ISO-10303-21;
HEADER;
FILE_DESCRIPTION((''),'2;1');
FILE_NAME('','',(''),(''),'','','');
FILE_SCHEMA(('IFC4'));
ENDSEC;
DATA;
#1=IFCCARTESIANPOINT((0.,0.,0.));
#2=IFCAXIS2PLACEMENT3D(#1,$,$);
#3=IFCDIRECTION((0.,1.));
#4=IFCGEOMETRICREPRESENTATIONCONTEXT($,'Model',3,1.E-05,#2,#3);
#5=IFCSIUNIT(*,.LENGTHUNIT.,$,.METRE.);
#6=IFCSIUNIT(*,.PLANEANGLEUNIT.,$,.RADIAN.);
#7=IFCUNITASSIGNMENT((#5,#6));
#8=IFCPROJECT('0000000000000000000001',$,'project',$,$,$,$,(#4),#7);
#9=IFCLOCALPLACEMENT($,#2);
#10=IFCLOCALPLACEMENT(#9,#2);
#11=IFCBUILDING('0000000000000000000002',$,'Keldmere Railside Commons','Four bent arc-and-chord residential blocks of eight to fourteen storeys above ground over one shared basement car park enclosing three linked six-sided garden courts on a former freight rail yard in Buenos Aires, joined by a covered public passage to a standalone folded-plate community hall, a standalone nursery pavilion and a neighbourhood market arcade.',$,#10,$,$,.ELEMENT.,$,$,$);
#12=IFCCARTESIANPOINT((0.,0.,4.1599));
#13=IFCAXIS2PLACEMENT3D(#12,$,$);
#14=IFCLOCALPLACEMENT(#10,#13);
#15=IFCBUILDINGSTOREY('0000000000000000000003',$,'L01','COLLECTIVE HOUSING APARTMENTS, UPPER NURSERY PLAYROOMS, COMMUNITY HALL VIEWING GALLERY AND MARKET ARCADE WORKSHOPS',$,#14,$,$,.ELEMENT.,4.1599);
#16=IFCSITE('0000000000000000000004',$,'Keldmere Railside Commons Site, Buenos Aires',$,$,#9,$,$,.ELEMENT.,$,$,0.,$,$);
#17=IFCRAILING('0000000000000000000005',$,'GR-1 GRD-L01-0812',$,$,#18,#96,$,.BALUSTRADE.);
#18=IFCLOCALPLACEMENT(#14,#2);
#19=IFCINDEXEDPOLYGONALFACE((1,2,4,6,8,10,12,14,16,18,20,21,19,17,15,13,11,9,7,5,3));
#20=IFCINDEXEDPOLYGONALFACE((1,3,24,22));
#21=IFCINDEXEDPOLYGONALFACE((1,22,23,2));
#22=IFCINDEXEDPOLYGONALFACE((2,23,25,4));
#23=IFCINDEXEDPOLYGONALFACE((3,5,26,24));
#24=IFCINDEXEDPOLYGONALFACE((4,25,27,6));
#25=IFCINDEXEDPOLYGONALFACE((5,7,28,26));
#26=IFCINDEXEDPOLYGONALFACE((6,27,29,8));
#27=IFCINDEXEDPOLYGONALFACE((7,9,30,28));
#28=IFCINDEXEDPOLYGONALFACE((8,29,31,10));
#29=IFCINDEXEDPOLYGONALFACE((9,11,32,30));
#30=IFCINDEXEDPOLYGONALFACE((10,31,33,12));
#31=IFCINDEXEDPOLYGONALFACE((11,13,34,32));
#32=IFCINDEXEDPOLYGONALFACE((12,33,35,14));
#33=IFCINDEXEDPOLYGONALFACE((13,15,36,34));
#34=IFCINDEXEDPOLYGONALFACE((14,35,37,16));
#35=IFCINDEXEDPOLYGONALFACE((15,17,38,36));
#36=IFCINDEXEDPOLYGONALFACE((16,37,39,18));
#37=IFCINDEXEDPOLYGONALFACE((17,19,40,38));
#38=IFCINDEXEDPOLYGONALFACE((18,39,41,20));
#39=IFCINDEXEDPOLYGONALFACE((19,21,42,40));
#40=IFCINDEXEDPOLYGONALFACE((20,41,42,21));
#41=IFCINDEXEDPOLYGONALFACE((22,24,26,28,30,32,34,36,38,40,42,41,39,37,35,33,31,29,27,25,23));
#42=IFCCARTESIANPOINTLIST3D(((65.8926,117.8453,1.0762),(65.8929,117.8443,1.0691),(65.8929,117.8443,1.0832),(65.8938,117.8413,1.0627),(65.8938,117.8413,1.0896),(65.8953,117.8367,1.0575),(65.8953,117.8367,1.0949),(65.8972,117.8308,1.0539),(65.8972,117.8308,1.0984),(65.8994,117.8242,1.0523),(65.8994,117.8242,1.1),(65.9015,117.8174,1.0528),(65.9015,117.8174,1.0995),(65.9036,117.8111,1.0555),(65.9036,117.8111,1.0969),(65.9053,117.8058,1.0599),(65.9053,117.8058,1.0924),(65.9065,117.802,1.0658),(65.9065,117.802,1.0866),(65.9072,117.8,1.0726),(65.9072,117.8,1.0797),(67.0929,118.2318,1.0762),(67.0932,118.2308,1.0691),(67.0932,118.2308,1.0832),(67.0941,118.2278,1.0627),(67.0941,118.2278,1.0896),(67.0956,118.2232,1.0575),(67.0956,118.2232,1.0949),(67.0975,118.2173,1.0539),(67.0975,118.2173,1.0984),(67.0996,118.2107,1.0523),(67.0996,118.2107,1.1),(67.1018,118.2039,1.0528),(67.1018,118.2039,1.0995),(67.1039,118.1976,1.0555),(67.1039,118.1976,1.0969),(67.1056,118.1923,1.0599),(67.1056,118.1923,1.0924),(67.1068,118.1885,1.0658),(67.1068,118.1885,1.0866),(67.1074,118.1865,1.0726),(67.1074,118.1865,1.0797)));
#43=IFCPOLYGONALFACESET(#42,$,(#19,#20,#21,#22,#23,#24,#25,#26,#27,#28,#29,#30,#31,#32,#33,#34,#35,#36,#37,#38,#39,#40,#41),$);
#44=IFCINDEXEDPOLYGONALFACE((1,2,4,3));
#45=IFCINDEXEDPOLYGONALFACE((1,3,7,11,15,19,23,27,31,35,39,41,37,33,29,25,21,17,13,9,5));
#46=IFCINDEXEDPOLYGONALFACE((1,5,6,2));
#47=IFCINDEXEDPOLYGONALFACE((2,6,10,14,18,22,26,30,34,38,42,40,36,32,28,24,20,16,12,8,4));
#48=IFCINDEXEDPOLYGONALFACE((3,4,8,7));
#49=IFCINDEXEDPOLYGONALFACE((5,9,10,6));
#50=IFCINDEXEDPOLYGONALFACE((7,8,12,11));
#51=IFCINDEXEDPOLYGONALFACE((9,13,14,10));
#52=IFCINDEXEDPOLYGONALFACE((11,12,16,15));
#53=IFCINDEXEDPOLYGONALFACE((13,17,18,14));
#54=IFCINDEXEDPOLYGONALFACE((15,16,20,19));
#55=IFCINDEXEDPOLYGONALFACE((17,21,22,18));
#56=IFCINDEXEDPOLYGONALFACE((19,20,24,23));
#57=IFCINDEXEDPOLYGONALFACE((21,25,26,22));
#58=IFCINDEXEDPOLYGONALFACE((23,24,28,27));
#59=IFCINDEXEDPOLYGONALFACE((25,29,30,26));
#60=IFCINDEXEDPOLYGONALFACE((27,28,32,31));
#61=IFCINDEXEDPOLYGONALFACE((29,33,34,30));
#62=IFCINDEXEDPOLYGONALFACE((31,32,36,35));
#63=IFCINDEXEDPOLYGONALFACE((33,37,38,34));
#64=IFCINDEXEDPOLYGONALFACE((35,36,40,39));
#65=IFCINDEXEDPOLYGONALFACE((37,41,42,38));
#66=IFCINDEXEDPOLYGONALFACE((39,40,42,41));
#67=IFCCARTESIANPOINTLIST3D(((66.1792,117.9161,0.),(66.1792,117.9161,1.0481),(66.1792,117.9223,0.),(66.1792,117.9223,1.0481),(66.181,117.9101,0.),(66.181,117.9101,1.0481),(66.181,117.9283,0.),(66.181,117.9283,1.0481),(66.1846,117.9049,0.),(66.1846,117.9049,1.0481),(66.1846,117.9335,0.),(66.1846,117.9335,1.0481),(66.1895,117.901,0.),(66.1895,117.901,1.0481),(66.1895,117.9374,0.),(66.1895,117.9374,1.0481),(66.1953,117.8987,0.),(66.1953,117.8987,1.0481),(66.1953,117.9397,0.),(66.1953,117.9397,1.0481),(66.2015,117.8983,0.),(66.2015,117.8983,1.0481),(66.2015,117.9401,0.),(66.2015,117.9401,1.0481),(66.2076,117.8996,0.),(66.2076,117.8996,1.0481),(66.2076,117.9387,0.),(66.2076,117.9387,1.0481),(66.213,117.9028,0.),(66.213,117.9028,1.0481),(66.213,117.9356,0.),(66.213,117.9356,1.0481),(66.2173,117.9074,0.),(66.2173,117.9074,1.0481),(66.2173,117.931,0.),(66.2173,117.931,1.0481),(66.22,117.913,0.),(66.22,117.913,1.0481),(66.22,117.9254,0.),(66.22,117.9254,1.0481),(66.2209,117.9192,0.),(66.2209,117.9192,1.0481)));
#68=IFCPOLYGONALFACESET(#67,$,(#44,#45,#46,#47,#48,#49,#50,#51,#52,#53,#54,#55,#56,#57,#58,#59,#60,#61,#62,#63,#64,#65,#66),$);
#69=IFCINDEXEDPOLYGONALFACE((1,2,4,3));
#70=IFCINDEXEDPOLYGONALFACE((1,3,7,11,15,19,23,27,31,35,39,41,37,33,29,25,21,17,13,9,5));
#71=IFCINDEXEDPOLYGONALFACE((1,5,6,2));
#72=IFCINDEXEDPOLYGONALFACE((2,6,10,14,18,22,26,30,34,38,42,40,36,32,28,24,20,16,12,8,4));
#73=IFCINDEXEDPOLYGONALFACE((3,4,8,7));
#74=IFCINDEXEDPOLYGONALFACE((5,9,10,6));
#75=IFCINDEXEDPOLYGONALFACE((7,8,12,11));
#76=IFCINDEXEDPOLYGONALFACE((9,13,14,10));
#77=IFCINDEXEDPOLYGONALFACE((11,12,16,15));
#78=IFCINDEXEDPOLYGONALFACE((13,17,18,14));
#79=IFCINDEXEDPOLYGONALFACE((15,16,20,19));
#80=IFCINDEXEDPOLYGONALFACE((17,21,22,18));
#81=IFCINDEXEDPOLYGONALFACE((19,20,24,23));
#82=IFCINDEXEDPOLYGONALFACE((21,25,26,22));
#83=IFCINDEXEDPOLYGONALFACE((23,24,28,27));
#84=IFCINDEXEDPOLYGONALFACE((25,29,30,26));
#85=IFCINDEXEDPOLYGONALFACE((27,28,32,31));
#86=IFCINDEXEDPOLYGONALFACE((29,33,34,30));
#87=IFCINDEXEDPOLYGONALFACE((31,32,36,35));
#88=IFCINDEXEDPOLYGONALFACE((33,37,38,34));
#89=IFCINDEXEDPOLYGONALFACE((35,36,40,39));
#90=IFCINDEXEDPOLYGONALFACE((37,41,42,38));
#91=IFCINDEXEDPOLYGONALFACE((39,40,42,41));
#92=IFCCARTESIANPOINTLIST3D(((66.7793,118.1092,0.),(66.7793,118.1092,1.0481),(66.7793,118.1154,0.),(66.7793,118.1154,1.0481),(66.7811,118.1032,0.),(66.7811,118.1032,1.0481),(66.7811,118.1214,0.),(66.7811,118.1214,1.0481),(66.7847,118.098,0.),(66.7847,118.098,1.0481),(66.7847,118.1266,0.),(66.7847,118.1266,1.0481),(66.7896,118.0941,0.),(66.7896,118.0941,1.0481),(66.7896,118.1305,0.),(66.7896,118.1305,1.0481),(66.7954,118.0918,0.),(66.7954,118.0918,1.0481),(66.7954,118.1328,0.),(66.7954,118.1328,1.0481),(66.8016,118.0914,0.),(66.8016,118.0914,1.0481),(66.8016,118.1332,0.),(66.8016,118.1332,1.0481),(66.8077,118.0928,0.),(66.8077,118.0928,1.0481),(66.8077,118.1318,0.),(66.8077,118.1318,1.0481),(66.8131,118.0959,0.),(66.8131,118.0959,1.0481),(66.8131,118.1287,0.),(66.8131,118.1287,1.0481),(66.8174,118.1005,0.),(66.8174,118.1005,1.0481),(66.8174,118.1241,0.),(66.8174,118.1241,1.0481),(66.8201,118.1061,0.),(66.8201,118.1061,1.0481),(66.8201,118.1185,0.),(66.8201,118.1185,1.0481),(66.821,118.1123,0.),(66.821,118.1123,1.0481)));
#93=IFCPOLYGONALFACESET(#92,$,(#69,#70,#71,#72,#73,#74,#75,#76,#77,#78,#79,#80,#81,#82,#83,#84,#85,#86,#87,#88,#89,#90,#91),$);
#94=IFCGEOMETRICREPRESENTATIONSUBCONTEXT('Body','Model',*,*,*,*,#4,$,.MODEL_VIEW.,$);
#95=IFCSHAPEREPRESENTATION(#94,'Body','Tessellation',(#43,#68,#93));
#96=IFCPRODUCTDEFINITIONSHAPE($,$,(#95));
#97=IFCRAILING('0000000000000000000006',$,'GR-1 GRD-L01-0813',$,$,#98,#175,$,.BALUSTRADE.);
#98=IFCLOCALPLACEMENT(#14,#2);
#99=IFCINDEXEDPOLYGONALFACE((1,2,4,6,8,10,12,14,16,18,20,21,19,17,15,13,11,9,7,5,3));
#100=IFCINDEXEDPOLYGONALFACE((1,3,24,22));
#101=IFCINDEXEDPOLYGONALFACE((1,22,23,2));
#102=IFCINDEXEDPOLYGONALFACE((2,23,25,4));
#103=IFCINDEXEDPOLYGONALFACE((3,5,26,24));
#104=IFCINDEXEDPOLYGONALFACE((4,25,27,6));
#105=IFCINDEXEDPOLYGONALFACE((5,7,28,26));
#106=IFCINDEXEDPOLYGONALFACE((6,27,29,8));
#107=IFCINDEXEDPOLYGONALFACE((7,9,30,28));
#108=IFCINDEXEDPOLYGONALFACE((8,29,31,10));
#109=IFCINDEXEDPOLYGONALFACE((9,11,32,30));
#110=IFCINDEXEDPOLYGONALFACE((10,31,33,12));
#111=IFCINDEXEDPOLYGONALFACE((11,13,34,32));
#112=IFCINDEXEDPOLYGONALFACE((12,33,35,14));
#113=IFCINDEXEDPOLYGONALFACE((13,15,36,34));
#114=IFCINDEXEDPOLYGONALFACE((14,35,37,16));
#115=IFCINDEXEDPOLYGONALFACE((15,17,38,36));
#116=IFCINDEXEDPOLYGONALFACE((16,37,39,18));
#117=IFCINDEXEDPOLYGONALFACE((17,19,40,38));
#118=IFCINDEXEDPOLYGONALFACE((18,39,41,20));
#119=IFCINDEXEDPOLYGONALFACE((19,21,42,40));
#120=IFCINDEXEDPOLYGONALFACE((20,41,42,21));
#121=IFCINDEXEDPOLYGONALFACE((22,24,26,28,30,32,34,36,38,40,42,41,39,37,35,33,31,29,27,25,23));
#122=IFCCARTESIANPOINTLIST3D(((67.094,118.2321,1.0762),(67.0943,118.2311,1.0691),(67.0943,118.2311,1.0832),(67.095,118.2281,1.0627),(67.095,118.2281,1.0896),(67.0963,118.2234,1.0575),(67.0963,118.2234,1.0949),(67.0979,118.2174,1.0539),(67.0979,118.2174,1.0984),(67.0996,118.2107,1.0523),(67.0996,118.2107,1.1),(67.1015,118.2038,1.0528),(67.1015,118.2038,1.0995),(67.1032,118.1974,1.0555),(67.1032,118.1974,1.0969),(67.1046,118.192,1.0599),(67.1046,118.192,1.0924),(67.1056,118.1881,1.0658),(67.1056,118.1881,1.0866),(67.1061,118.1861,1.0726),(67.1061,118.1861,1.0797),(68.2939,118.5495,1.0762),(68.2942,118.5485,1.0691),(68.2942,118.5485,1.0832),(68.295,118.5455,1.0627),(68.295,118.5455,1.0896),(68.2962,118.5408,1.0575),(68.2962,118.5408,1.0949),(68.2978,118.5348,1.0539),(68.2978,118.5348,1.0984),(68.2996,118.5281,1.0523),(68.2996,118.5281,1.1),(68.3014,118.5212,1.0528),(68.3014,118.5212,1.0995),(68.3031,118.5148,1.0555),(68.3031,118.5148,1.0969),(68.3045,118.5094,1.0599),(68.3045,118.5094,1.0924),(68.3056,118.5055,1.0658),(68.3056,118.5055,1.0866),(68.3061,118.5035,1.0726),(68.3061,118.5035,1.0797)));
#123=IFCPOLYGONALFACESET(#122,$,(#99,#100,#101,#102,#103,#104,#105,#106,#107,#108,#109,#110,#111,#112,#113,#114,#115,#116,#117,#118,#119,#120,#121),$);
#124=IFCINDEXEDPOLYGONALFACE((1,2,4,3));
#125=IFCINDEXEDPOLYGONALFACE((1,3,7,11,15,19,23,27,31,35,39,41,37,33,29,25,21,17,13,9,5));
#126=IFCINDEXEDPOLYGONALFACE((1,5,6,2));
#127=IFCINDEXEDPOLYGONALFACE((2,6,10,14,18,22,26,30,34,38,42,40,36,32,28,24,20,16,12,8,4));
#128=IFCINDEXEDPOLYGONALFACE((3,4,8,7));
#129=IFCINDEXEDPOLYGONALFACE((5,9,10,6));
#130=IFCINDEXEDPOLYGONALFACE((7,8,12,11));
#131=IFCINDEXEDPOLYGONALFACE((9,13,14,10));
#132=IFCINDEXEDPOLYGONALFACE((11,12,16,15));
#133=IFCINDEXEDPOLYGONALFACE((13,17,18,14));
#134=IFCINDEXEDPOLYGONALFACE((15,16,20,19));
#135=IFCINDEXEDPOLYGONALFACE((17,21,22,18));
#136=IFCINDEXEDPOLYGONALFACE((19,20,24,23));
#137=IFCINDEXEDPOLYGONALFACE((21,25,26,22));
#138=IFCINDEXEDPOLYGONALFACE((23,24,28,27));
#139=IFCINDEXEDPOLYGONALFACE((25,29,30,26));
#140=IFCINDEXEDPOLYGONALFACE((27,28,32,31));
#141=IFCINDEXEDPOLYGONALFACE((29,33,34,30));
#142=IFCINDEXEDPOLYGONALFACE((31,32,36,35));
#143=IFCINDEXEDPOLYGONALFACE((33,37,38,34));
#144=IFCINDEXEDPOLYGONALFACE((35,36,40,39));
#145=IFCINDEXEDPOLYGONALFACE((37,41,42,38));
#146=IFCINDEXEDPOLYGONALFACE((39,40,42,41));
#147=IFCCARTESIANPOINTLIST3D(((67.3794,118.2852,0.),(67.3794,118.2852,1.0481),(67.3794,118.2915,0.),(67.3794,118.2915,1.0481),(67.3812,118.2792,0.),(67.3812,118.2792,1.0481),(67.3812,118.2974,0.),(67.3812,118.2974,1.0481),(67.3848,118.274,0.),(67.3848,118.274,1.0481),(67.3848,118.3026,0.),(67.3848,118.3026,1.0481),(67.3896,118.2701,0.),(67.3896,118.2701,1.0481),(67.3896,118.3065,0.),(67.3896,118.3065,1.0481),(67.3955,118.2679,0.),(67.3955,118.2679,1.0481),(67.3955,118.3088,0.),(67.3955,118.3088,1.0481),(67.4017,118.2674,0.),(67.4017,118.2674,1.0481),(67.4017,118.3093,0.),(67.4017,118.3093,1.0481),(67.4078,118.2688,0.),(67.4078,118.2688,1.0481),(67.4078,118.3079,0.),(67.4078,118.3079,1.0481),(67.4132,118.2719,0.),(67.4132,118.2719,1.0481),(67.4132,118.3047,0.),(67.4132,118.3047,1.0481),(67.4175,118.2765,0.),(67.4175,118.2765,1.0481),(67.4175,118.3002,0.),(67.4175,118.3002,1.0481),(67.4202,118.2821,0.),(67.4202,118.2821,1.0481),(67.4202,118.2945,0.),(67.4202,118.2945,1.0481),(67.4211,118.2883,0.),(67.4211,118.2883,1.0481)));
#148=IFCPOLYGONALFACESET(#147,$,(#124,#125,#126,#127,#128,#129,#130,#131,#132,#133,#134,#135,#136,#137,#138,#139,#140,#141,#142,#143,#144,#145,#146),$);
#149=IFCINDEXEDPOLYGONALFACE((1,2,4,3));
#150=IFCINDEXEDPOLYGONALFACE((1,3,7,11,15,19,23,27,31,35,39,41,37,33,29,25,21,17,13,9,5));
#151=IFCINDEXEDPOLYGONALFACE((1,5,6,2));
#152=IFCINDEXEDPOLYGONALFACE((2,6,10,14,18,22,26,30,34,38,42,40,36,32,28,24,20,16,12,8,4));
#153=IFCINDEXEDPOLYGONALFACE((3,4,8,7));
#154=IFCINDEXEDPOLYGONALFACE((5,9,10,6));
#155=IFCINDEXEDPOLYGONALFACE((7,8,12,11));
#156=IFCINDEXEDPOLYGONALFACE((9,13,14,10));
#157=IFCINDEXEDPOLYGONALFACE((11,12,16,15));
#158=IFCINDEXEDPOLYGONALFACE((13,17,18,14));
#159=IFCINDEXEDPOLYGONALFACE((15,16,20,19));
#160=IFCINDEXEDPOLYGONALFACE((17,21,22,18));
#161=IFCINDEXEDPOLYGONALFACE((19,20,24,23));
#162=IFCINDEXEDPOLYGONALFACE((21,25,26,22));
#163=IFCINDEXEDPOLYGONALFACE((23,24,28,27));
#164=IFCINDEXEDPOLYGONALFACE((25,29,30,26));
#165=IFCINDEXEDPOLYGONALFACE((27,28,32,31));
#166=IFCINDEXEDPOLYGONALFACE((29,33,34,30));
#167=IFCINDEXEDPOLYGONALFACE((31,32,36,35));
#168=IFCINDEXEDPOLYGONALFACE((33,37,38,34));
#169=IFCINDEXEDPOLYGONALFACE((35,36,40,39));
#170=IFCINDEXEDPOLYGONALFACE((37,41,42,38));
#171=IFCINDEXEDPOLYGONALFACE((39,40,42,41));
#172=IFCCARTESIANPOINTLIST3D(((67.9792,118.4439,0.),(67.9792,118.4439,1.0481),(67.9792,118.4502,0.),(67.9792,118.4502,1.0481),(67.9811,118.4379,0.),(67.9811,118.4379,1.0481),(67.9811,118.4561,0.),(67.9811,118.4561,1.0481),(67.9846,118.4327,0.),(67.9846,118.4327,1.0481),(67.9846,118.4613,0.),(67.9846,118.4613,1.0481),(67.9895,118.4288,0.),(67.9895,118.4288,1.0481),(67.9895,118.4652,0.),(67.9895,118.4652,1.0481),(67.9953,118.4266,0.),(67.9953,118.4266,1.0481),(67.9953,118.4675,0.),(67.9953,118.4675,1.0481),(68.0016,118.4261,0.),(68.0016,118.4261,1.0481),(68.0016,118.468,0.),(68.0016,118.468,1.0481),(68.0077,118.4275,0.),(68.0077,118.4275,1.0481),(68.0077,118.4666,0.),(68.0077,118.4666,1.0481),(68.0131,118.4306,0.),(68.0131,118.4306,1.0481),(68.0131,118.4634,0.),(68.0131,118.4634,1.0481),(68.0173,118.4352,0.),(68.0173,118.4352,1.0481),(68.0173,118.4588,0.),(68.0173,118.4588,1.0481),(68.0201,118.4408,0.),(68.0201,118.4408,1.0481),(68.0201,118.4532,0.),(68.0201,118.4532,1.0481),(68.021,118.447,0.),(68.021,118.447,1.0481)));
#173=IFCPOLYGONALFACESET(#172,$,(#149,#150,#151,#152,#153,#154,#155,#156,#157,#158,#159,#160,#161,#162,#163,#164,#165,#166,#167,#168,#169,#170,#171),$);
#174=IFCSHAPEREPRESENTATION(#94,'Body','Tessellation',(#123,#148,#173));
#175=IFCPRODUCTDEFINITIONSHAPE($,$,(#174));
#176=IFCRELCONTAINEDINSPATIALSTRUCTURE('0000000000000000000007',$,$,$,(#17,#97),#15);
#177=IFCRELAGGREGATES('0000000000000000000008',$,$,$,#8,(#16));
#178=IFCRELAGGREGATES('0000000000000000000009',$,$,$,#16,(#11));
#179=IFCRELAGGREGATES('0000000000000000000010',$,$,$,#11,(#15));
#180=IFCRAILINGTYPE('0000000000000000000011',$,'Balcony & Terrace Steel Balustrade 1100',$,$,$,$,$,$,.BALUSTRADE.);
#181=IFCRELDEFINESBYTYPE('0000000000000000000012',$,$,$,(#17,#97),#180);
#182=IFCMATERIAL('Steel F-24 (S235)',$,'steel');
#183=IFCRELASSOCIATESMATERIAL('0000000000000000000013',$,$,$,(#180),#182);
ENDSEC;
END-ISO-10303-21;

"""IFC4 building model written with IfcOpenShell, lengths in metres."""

from ifc_helpers import new_model, si_unit, direction, frame, origin, origin_2d, place, context, subcontext, project, spatial, circle, extrude, material, type_object, element, save


model = new_model("IFC4")

# Units and contexts
model_context = context("Model", 3, precision=1e-05, world=origin(), true_north=direction((0.0, 1.0)))
body_context = subcontext(model_context, "Body", "Model", "MODEL_VIEW")
ifc_project = project(units=[si_unit("LENGTHUNIT", "METRE"), si_unit("PLANEANGLEUNIT", "RADIAN")], contexts=[model_context])

# Site, building, storey
site_placement = place(None, origin())
site = spatial("IfcSite", under=ifc_project, at=site_placement, Name="Keldmere Railside Commons Site, Buenos Aires", CompositionType="ELEMENT", RefElevation=0.0)
building_placement = place(site_placement, origin())
building = spatial("IfcBuilding", under=site, at=building_placement, Name="Keldmere Railside Commons", Description="Four bent arc-and-chord residential blocks of eight to fourteen storeys above ground over one shared basement car park enclosing three linked six-sided garden courts on a former freight rail yard in Buenos Aires, joined by a covered public passage to a standalone folded-plate community hall, a standalone nursery pavilion and a neighbourhood market arcade.", CompositionType="ELEMENT")
storey_placement = place(building_placement, frame((0.0, 0.0, 4.1599)))
storey = spatial("IfcBuildingStorey", under=building, at=storey_placement, Name="L01", Description="COLLECTIVE HOUSING APARTMENTS, UPPER NURSERY PLAYROOMS, COMMUNITY HALL VIEWING GALLERY AND MARKET ARCADE WORKSHOPS", CompositionType="ELEMENT", Elevation=4.1599)

# Railings
ifc_material_1 = material(Name="Steel F-24 (S235)", Category="steel")
railing_type = type_object("IfcRailingType", Name="Balcony & Terrace Steel Balustrade 1100", PredefinedType="BALUSTRADE", material=ifc_material_1)
railing_1_placement = place(storey_placement, frame((65.8999, 117.8225, 0.0)))
element("IfcRailing", 1, at=railing_1_placement, inside=storey, type_object=railing_type, Name="GR-1 GRD-L01-0812", PredefinedType="BALUSTRADE", context=body_context, shape_type="SweptSolid", body=[
    extrude(circle(Radius=0.0239, at=origin_2d()), frame((0.0, 0.0, 1.0762), z_axis=(0.951867, 0.306511, 0.0), x_axis=(-0.306511, 0.951867, 0.0)), (0.0, 0.0, 1.0), 1.261),
    extrude(circle(Radius=0.021, at=origin_2d()), frame((0.3, 0.0967, 0.0)), (0.0, 0.0, 1.0), 1.0481),
    extrude(circle(Radius=0.021, at=origin_2d()), frame((0.9001, 0.2898, 0.0)), (0.0, 0.0, 1.0), 1.0481),
])
railing_2_placement = place(storey_placement, frame((67.1001, 118.209, 0.0)))
element("IfcRailing", 2, at=railing_2_placement, inside=storey, type_object=railing_type, Name="GR-1 GRD-L01-0813", PredefinedType="BALUSTRADE", context=body_context, shape_type="SweptSolid", body=[
    extrude(circle(Radius=0.0239, at=origin_2d()), frame((0.0, 0.0, 1.0762), z_axis=(0.966755, 0.255703, 0.0), x_axis=(-0.255703, 0.966755, 0.0)), (0.0, 0.0, 1.0), 1.2412),
    extrude(circle(Radius=0.021, at=origin_2d()), frame((0.3, 0.0793, 0.0)), (0.0, 0.0, 1.0), 1.0481),
    extrude(circle(Radius=0.021, at=origin_2d()), frame((0.8999, 0.238, 0.0)), (0.0, 0.0, 1.0), 1.0481),
])

save(model, "model.ifc")
